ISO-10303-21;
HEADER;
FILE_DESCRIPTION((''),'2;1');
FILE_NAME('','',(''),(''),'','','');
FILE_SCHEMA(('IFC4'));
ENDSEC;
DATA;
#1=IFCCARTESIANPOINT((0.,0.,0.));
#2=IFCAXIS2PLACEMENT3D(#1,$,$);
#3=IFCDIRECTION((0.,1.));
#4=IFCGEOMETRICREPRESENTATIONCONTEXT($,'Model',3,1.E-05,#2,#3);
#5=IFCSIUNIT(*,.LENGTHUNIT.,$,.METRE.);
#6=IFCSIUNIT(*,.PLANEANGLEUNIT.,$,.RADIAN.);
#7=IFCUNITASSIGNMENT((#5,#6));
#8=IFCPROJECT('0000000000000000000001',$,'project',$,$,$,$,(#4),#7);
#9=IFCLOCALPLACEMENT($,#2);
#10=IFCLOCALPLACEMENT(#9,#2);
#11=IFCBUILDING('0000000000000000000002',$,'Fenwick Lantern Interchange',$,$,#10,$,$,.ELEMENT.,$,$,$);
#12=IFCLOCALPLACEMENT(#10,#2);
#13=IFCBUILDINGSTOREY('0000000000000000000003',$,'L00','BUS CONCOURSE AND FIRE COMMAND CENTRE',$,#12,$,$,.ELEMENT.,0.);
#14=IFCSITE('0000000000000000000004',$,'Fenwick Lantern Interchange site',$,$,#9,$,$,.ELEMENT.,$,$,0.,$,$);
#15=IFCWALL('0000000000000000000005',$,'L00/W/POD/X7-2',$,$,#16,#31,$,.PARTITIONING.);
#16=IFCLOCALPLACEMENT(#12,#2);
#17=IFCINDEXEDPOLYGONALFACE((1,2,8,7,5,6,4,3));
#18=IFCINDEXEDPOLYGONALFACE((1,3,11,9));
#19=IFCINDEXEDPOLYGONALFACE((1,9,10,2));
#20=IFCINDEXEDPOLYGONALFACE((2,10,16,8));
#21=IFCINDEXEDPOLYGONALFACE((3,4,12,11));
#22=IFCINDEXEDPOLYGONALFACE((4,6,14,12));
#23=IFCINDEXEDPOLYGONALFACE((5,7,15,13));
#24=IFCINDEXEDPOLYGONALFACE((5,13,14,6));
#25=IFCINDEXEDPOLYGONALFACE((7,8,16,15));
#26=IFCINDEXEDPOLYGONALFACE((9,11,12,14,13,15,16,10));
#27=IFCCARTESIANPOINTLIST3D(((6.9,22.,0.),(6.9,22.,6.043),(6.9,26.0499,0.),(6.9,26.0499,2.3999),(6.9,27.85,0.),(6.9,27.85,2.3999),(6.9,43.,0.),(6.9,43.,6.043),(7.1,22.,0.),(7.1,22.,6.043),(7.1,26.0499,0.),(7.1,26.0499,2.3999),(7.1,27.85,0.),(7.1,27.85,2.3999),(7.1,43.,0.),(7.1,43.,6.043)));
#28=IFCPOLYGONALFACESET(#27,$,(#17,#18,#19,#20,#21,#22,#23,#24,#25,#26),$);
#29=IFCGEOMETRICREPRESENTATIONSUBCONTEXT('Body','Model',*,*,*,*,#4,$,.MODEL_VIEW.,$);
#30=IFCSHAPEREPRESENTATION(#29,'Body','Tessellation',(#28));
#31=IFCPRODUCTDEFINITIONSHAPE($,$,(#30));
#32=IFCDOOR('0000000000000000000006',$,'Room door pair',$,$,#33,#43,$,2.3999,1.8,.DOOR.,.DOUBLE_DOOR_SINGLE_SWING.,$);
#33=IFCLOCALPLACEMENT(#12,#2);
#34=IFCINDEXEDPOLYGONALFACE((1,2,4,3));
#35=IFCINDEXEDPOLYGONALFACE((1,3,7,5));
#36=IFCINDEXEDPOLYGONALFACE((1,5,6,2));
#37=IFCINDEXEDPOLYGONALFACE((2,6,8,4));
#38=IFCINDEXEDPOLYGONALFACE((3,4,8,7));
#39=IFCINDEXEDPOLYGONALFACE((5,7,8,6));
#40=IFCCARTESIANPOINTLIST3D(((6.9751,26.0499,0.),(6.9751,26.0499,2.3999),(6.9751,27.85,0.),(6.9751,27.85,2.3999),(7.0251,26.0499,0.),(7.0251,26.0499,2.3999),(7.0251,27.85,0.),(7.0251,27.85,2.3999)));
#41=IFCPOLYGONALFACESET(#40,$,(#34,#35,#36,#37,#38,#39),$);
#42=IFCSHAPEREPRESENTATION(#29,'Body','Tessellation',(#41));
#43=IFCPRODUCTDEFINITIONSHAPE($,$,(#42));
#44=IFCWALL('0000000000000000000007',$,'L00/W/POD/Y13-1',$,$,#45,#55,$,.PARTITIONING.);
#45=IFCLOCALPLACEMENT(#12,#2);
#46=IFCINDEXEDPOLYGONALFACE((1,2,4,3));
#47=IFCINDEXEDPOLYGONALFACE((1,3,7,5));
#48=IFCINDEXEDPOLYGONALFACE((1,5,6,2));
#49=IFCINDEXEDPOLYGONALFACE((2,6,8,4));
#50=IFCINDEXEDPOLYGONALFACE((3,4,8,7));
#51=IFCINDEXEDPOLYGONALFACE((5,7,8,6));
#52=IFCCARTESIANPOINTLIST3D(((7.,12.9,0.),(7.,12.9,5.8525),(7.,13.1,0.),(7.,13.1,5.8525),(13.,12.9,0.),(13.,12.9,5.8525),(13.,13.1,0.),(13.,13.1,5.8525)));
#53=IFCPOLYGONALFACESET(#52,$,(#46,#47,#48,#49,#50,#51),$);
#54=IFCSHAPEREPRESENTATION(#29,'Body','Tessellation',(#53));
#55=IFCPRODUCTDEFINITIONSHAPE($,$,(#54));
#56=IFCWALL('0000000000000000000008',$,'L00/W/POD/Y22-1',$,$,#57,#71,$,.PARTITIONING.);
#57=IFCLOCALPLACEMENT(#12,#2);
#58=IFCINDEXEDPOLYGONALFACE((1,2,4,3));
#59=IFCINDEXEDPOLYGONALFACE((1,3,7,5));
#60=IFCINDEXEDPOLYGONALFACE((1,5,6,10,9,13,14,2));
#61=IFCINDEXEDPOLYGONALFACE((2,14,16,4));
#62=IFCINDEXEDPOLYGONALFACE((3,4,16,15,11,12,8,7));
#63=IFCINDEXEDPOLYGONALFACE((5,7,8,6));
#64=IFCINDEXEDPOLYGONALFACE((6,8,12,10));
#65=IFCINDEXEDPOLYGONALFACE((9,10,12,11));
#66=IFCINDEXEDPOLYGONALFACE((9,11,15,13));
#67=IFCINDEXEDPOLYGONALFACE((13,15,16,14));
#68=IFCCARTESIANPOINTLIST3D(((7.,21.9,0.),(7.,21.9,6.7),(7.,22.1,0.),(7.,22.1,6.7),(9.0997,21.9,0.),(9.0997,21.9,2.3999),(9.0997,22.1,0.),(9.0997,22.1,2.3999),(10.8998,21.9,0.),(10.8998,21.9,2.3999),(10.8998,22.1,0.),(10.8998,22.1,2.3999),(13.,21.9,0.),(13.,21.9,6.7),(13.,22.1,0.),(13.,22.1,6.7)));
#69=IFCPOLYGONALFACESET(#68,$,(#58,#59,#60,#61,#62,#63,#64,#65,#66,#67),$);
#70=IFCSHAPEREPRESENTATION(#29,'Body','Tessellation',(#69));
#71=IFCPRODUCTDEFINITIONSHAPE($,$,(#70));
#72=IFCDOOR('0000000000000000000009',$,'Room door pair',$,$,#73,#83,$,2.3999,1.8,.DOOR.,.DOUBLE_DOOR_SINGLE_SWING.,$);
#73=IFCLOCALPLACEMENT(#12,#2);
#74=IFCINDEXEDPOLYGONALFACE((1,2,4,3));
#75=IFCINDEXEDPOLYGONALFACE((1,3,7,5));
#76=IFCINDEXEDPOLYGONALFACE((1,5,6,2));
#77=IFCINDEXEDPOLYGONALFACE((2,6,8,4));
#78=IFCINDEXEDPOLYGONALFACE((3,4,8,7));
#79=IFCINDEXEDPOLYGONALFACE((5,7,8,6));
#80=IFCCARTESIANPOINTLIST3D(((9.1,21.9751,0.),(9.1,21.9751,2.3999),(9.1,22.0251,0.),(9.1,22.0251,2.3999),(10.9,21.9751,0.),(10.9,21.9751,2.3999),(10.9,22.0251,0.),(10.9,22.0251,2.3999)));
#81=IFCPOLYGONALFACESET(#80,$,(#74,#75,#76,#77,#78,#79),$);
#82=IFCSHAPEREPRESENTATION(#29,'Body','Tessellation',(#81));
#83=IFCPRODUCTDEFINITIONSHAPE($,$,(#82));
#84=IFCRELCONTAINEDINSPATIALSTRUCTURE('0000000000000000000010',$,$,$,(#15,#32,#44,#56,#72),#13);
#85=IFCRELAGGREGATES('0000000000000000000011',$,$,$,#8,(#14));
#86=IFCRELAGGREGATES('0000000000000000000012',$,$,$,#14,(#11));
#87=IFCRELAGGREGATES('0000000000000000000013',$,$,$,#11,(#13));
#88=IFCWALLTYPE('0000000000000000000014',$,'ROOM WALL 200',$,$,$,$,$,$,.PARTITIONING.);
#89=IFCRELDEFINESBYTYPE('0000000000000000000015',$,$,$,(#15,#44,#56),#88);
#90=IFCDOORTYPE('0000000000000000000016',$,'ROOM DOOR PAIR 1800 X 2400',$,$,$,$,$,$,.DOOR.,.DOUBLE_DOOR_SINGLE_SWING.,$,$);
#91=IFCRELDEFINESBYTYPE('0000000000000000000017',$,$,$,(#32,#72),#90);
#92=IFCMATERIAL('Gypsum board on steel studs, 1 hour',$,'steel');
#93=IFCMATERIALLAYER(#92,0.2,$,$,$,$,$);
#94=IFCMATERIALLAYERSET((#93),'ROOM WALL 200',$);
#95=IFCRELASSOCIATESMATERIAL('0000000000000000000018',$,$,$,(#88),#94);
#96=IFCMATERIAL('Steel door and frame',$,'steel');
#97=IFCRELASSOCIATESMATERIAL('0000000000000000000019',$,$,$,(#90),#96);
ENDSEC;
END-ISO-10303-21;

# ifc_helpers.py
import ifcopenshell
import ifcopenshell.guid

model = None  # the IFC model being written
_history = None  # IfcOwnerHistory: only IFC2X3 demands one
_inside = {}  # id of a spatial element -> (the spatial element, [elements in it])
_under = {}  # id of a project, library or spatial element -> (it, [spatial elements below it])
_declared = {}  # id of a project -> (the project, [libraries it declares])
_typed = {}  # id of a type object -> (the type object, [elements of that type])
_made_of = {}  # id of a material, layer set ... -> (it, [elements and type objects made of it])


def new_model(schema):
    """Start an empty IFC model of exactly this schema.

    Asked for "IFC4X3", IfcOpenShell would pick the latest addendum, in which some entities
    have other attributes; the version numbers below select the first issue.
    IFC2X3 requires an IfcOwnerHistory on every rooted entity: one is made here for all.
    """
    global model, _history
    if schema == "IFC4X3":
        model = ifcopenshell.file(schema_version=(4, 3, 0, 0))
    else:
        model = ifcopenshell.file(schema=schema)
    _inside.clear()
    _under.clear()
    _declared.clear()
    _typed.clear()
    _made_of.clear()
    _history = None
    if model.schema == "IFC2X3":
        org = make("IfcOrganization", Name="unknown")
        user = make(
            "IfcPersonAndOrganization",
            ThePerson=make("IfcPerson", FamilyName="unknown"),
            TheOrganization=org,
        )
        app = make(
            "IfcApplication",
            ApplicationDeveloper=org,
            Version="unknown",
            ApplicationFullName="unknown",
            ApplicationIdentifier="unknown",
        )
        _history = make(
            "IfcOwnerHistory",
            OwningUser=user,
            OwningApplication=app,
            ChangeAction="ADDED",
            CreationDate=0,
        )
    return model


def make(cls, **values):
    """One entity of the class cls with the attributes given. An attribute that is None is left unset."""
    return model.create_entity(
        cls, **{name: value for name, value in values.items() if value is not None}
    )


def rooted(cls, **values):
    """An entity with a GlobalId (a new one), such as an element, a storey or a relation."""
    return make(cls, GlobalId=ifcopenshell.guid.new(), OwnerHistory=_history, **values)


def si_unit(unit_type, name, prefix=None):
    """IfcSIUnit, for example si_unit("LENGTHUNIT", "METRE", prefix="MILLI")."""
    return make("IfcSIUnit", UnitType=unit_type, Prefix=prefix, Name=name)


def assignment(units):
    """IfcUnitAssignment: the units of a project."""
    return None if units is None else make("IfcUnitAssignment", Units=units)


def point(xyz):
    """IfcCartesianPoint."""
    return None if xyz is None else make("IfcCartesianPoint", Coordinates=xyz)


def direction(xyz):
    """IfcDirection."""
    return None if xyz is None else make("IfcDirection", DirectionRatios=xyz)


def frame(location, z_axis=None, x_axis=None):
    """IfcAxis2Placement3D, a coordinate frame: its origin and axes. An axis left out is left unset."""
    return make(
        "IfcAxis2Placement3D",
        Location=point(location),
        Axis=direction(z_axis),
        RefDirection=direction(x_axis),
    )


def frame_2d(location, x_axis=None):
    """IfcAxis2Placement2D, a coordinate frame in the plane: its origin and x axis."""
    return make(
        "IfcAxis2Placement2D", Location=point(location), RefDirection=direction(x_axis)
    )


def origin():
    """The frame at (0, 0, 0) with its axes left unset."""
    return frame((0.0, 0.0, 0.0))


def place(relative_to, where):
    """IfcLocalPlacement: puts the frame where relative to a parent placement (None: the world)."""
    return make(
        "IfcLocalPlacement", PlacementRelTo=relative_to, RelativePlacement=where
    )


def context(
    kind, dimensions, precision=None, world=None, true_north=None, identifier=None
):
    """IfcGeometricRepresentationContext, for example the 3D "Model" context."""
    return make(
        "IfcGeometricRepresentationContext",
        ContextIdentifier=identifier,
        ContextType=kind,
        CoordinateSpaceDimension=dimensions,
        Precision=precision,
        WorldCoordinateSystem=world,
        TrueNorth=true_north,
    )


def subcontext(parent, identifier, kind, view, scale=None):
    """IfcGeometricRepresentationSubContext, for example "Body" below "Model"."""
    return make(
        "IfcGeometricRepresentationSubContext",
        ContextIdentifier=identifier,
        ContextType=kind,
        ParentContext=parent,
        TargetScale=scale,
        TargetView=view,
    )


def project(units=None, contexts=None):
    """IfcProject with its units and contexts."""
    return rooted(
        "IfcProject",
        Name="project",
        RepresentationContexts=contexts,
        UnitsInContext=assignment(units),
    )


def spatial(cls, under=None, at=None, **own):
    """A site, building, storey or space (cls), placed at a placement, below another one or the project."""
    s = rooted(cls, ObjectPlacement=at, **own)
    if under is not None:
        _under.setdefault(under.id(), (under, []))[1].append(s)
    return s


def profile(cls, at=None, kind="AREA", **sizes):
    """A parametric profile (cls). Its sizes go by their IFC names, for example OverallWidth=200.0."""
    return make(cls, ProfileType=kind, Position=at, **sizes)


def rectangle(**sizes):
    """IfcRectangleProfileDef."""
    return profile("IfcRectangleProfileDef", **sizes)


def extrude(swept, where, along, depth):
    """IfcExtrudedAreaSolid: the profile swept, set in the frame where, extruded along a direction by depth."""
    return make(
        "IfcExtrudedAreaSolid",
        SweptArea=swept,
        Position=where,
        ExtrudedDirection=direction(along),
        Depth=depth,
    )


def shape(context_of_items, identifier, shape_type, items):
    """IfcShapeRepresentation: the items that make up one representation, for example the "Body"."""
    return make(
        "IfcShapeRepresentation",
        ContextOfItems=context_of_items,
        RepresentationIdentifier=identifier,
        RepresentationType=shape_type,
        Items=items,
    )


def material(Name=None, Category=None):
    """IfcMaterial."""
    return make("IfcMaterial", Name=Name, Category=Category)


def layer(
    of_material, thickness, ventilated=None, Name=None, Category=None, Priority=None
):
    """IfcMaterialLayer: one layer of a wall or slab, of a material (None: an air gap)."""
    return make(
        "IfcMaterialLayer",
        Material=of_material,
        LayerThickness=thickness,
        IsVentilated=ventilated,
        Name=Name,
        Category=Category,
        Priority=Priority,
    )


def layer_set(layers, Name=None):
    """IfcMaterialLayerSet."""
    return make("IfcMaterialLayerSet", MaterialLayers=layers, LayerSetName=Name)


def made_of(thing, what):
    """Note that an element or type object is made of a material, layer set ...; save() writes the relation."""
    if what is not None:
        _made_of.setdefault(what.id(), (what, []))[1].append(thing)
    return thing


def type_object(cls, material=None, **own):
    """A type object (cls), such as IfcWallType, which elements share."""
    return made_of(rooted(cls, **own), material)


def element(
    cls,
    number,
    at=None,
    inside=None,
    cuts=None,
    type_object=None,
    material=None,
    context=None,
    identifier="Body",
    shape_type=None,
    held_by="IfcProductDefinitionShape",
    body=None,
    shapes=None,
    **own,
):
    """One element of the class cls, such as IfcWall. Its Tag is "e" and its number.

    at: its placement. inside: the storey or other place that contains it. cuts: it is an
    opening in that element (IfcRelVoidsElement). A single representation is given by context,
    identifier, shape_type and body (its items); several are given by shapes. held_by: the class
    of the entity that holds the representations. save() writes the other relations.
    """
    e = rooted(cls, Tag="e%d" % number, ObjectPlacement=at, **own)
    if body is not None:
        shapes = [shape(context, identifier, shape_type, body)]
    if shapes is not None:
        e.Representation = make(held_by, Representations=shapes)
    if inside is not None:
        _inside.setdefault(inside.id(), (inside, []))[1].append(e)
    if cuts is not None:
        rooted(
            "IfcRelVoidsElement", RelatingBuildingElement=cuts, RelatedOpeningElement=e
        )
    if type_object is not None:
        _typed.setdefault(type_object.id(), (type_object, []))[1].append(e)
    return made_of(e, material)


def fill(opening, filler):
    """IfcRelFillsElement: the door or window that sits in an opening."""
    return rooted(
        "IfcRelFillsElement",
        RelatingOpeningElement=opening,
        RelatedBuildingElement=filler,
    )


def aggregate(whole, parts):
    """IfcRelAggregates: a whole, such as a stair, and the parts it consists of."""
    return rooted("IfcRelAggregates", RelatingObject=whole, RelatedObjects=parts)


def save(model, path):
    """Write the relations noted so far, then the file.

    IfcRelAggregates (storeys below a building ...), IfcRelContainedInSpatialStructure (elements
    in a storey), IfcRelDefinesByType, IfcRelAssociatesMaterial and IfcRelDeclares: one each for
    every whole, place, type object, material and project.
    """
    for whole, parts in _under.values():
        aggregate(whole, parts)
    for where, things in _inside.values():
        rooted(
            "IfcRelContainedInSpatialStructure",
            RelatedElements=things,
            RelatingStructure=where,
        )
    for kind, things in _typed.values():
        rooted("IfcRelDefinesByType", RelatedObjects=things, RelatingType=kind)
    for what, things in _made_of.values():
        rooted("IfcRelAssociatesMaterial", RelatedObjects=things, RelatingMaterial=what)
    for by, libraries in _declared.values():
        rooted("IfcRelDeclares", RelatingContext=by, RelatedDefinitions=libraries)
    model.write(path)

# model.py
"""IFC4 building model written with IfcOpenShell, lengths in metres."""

from ifc_helpers import new_model, si_unit, direction, frame, frame_2d, origin, place, context, subcontext, project, spatial, rectangle, extrude, material, layer, layer_set, type_object, element, fill, save


model = new_model("IFC4")

# Units and contexts
model_context = context("Model", 3, precision=1e-05, world=origin(), true_north=direction((0.0, 1.0)))
body_context = subcontext(model_context, "Body", "Model", "MODEL_VIEW")
ifc_project = project(units=[si_unit("LENGTHUNIT", "METRE"), si_unit("PLANEANGLEUNIT", "RADIAN")], contexts=[model_context])

# Site, building, storey
site_placement = place(None, origin())
site = spatial("IfcSite", under=ifc_project, at=site_placement, Name="Fenwick Lantern Interchange site", CompositionType="ELEMENT", RefElevation=0.0)
building_placement = place(site_placement, origin())
building = spatial("IfcBuilding", under=site, at=building_placement, Name="Fenwick Lantern Interchange", CompositionType="ELEMENT")
storey_placement = place(building_placement, origin())
storey = spatial("IfcBuildingStorey", under=building, at=storey_placement, Name="L00", Description="BUS CONCOURSE AND FIRE COMMAND CENTRE", CompositionType="ELEMENT", Elevation=0.0)

# Wall, opening, door
ifc_material_1 = material(Name="Gypsum board on steel studs, 1 hour", Category="steel")
ifc_layer = layer(ifc_material_1, 0.2)
ifc_layer_set = layer_set([ifc_layer], Name="ROOM WALL 200")
wall_type = type_object("IfcWallType", Name="ROOM WALL 200", PredefinedType="PARTITIONING", material=ifc_layer_set)
wall_1_placement = place(storey_placement, frame((7.0, 22.0, 0.0), z_axis=(0.0, 0.0, 1.0), x_axis=(0.0, 1.0, 0.0)))
wall_1 = element("IfcWall", 1, at=wall_1_placement, inside=storey, type_object=wall_type, Name="L00/W/POD/X7-2", PredefinedType="PARTITIONING", context=body_context, shape_type="SweptSolid", body=[
    extrude(rectangle(XDim=21.0, YDim=0.2, at=frame_2d((10.5, 0.0))), origin(), (0.0, 0.0, 1.0), 6.043),
])
opening_1_placement = place(wall_1_placement, frame((4.05, 0.0, 0.0)))
opening_1 = element("IfcOpeningElement", 2, at=opening_1_placement, cuts=wall_1, PredefinedType="OPENING", context=body_context, shape_type="SweptSolid", body=[
    extrude(rectangle(XDim=1.8, YDim=2.3999, at=frame_2d((0.8999, 1.2))), frame((0.0, 0.1099, 0.0), z_axis=(0.0, -1.0, 0.0), x_axis=(1.0, 0.0, 0.0)), (0.0, 0.0, 1.0), 0.22),
])
ifc_material_2 = material(Name="Steel door and frame", Category="steel")
door_type = type_object("IfcDoorType", Name="ROOM DOOR PAIR 1800 X 2400", OperationType="DOUBLE_DOOR_SINGLE_SWING", PredefinedType="DOOR", material=ifc_material_2)
door_1_placement = place(opening_1_placement, origin())
door_1 = element("IfcDoor", 3, at=door_1_placement, inside=storey, type_object=door_type, Name="Room door pair", OperationType="DOUBLE_DOOR_SINGLE_SWING", OverallHeight=2.3999, OverallWidth=1.8, PredefinedType="DOOR", context=body_context, shape_type="SweptSolid", body=[
    extrude(rectangle(XDim=1.8, YDim=2.3999, at=frame_2d((0.8999, 1.2))), frame((0.0, 0.0249, 0.0), z_axis=(0.0, -1.0, 0.0), x_axis=(1.0, 0.0, 0.0)), (0.0, 0.0, 1.0), 0.05),
])
fill(opening_1, door_1)

# Wall
wall_2_placement = place(storey_placement, frame((7.0, 13.0, 0.0), z_axis=(0.0, 0.0, 1.0), x_axis=(1.0, 0.0, 0.0)))
element("IfcWall", 4, at=wall_2_placement, inside=storey, type_object=wall_type, Name="L00/W/POD/Y13-1", PredefinedType="PARTITIONING", context=body_context, shape_type="SweptSolid", body=[
    extrude(rectangle(XDim=6.0, YDim=0.2, at=frame_2d((3.0, 0.0))), origin(), (0.0, 0.0, 1.0), 5.8525),
])

# Wall, opening, door
wall_3_placement = place(storey_placement, frame((7.0, 22.0, 0.0), z_axis=(0.0, 0.0, 1.0), x_axis=(1.0, 0.0, 0.0)))
wall_3 = element("IfcWall", 5, at=wall_3_placement, inside=storey, type_object=wall_type, Name="L00/W/POD/Y22-1", PredefinedType="PARTITIONING", context=body_context, shape_type="SweptSolid", body=[
    extrude(rectangle(XDim=6.0, YDim=0.2, at=frame_2d((3.0, 0.0))), origin(), (0.0, 0.0, 1.0), 6.7),
])
opening_2_placement = place(wall_3_placement, frame((2.0999, 0.0, 0.0)))
opening_2 = element("IfcOpeningElement", 6, at=opening_2_placement, cuts=wall_3, PredefinedType="OPENING", context=body_context, shape_type="SweptSolid", body=[
    extrude(rectangle(XDim=1.8, YDim=2.3999, at=frame_2d((0.8999, 1.2))), frame((0.0, 0.1099, 0.0), z_axis=(0.0, -1.0, 0.0), x_axis=(1.0, 0.0, 0.0)), (0.0, 0.0, 1.0), 0.22),
])
door_2_placement = place(opening_2_placement, frame((1.8, 0.0, 0.0), z_axis=(0.0, 0.0, 1.0), x_axis=(-1.0, 0.0, 0.0)))
door_2 = element("IfcDoor", 7, at=door_2_placement, inside=storey, type_object=door_type, Name="Room door pair", OperationType="DOUBLE_DOOR_SINGLE_SWING", OverallHeight=2.3999, OverallWidth=1.8, PredefinedType="DOOR", context=body_context, shape_type="SweptSolid", body=[
    extrude(rectangle(XDim=1.8, YDim=2.3999, at=frame_2d((0.8999, 1.2))), frame((0.0, 0.0249, 0.0), z_axis=(0.0, -1.0, 0.0), x_axis=(1.0, 0.0, 0.0)), (0.0, 0.0, 1.0), 0.05),
])
fill(opening_2, door_2)

save(model, "model.ifc")
